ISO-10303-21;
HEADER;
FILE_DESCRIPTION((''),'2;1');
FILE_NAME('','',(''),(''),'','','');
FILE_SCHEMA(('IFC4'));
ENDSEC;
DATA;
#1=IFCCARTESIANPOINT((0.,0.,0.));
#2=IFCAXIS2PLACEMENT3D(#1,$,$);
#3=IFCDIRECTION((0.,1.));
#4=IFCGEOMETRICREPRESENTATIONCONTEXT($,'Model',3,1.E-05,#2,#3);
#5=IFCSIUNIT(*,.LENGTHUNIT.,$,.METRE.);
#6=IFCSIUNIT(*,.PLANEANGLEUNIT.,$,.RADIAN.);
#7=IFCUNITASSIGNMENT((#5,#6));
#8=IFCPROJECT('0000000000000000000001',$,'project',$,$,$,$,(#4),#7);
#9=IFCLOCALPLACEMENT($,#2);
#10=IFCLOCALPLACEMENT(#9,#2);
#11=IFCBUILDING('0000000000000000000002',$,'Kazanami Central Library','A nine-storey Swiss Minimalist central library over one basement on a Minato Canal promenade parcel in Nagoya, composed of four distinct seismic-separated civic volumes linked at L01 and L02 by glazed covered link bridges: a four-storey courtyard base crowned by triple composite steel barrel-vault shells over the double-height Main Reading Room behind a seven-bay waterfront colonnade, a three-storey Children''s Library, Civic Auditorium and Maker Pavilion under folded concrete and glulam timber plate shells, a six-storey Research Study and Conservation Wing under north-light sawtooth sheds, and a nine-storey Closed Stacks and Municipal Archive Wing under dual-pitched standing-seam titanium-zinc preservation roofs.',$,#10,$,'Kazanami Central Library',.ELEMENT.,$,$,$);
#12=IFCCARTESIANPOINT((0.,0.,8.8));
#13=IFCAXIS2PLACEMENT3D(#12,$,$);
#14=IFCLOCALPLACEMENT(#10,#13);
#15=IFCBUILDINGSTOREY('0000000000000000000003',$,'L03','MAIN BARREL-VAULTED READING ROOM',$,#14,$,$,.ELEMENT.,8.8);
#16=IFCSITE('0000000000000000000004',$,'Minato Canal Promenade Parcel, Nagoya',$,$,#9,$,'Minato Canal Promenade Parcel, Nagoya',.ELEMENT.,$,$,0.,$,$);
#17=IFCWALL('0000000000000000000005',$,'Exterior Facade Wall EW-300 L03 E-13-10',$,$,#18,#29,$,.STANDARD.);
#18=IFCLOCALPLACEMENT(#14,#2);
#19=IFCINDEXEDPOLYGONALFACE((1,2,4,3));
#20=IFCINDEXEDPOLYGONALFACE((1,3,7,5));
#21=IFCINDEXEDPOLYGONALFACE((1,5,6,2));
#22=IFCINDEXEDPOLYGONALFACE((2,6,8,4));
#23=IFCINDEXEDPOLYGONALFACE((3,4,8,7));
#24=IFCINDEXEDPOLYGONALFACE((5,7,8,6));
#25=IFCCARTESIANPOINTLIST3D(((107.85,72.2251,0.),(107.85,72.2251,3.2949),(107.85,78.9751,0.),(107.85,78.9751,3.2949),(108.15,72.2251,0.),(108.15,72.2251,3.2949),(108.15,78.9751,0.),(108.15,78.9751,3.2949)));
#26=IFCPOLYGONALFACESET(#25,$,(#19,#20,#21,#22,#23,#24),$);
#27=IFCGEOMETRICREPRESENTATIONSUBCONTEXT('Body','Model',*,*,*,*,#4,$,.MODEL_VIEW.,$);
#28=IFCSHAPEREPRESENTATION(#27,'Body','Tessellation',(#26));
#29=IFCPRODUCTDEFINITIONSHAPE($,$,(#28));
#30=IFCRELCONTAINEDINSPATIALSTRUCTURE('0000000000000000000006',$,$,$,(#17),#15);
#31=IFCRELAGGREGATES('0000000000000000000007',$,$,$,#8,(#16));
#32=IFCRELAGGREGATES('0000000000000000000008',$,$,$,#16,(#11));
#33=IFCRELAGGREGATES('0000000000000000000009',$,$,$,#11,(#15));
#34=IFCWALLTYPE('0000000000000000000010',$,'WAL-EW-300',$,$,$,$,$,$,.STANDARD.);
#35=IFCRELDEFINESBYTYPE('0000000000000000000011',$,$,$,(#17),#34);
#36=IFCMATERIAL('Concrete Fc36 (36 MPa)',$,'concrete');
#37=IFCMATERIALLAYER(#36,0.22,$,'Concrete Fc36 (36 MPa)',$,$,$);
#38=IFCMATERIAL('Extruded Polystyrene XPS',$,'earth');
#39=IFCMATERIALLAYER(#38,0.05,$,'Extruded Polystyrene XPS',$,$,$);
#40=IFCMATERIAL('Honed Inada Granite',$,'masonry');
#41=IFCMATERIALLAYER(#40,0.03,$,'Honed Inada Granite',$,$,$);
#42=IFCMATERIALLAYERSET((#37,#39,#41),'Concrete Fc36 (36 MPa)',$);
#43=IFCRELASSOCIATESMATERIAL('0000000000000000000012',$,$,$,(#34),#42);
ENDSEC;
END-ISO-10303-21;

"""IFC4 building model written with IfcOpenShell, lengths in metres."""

from ifc_helpers import new_model, si_unit, direction, frame, frame_2d, origin, place, context, subcontext, project, spatial, rectangle, extrude, material, layer, layer_set, type_object, element, save


model = new_model("IFC4")

# Units and contexts
model_context = context("Model", 3, precision=1e-05, world=origin(), true_north=direction((0.0, 1.0)))
body_context = subcontext(model_context, "Body", "Model", "MODEL_VIEW")
ifc_project = project(units=[si_unit("LENGTHUNIT", "METRE"), si_unit("PLANEANGLEUNIT", "RADIAN")], contexts=[model_context])

# Site, building, storey
site_placement = place(None, origin())
site = spatial("IfcSite", under=ifc_project, at=site_placement, Name="Minato Canal Promenade Parcel, Nagoya", LongName="Minato Canal Promenade Parcel, Nagoya", CompositionType="ELEMENT", RefElevation=0.0)
building_placement = place(site_placement, origin())
building = spatial("IfcBuilding", under=site, at=building_placement, Name="Kazanami Central Library", Description="A nine-storey Swiss Minimalist central library over one basement on a Minato Canal promenade parcel in Nagoya, composed of four distinct seismic-separated civic volumes linked at L01 and L02 by glazed covered link bridges: a four-storey courtyard base crowned by triple composite steel barrel-vault shells over the double-height Main Reading Room behind a seven-bay waterfront colonnade, a three-storey Children's Library, Civic Auditorium and Maker Pavilion under folded concrete and glulam timber plate shells, a six-storey Research Study and Conservation Wing under north-light sawtooth sheds, and a nine-storey Closed Stacks and Municipal Archive Wing under dual-pitched standing-seam titanium-zinc preservation roofs.", LongName="Kazanami Central Library", CompositionType="ELEMENT")
storey_placement = place(building_placement, frame((0.0, 0.0, 8.8)))
storey = spatial("IfcBuildingStorey", under=building, at=storey_placement, Name="L03", Description="MAIN BARREL-VAULTED READING ROOM", CompositionType="ELEMENT", Elevation=8.8)

# Wall
ifc_material_1 = material(Name="Concrete Fc36 (36 MPa)", Category="concrete")
ifc_layer_1 = layer(ifc_material_1, 0.22, Name="Concrete Fc36 (36 MPa)")
ifc_material_2 = material(Name="Extruded Polystyrene XPS", Category="earth")
ifc_layer_2 = layer(ifc_material_2, 0.05, Name="Extruded Polystyrene XPS")
ifc_material_3 = material(Name="Honed Inada Granite", Category="masonry")
ifc_layer_3 = layer(ifc_material_3, 0.03, Name="Honed Inada Granite")
ifc_layer_set_1 = layer_set([ifc_layer_1, ifc_layer_2, ifc_layer_3], Name="Concrete Fc36 (36 MPa)")
wall_type = type_object("IfcWallType", Name="WAL-EW-300", PredefinedType="STANDARD", material=ifc_layer_set_1)
wall_placement = place(storey_placement, frame((108.0, 78.9751, 0.0), z_axis=(0.0, 0.0, 1.0), x_axis=(0.0, -1.0, 0.0)))
element("IfcWall", 1, at=wall_placement, inside=storey, type_object=wall_type, Name="Exterior Facade Wall EW-300 L03 E-13-10", PredefinedType="STANDARD", context=body_context, shape_type="SweptSolid", body=[
    extrude(rectangle(XDim=6.75, YDim=0.3, at=frame_2d((3.375, 0.0))), origin(), (0.0, 0.0, 1.0), 3.2949),
])

save(model, "model.ifc")
